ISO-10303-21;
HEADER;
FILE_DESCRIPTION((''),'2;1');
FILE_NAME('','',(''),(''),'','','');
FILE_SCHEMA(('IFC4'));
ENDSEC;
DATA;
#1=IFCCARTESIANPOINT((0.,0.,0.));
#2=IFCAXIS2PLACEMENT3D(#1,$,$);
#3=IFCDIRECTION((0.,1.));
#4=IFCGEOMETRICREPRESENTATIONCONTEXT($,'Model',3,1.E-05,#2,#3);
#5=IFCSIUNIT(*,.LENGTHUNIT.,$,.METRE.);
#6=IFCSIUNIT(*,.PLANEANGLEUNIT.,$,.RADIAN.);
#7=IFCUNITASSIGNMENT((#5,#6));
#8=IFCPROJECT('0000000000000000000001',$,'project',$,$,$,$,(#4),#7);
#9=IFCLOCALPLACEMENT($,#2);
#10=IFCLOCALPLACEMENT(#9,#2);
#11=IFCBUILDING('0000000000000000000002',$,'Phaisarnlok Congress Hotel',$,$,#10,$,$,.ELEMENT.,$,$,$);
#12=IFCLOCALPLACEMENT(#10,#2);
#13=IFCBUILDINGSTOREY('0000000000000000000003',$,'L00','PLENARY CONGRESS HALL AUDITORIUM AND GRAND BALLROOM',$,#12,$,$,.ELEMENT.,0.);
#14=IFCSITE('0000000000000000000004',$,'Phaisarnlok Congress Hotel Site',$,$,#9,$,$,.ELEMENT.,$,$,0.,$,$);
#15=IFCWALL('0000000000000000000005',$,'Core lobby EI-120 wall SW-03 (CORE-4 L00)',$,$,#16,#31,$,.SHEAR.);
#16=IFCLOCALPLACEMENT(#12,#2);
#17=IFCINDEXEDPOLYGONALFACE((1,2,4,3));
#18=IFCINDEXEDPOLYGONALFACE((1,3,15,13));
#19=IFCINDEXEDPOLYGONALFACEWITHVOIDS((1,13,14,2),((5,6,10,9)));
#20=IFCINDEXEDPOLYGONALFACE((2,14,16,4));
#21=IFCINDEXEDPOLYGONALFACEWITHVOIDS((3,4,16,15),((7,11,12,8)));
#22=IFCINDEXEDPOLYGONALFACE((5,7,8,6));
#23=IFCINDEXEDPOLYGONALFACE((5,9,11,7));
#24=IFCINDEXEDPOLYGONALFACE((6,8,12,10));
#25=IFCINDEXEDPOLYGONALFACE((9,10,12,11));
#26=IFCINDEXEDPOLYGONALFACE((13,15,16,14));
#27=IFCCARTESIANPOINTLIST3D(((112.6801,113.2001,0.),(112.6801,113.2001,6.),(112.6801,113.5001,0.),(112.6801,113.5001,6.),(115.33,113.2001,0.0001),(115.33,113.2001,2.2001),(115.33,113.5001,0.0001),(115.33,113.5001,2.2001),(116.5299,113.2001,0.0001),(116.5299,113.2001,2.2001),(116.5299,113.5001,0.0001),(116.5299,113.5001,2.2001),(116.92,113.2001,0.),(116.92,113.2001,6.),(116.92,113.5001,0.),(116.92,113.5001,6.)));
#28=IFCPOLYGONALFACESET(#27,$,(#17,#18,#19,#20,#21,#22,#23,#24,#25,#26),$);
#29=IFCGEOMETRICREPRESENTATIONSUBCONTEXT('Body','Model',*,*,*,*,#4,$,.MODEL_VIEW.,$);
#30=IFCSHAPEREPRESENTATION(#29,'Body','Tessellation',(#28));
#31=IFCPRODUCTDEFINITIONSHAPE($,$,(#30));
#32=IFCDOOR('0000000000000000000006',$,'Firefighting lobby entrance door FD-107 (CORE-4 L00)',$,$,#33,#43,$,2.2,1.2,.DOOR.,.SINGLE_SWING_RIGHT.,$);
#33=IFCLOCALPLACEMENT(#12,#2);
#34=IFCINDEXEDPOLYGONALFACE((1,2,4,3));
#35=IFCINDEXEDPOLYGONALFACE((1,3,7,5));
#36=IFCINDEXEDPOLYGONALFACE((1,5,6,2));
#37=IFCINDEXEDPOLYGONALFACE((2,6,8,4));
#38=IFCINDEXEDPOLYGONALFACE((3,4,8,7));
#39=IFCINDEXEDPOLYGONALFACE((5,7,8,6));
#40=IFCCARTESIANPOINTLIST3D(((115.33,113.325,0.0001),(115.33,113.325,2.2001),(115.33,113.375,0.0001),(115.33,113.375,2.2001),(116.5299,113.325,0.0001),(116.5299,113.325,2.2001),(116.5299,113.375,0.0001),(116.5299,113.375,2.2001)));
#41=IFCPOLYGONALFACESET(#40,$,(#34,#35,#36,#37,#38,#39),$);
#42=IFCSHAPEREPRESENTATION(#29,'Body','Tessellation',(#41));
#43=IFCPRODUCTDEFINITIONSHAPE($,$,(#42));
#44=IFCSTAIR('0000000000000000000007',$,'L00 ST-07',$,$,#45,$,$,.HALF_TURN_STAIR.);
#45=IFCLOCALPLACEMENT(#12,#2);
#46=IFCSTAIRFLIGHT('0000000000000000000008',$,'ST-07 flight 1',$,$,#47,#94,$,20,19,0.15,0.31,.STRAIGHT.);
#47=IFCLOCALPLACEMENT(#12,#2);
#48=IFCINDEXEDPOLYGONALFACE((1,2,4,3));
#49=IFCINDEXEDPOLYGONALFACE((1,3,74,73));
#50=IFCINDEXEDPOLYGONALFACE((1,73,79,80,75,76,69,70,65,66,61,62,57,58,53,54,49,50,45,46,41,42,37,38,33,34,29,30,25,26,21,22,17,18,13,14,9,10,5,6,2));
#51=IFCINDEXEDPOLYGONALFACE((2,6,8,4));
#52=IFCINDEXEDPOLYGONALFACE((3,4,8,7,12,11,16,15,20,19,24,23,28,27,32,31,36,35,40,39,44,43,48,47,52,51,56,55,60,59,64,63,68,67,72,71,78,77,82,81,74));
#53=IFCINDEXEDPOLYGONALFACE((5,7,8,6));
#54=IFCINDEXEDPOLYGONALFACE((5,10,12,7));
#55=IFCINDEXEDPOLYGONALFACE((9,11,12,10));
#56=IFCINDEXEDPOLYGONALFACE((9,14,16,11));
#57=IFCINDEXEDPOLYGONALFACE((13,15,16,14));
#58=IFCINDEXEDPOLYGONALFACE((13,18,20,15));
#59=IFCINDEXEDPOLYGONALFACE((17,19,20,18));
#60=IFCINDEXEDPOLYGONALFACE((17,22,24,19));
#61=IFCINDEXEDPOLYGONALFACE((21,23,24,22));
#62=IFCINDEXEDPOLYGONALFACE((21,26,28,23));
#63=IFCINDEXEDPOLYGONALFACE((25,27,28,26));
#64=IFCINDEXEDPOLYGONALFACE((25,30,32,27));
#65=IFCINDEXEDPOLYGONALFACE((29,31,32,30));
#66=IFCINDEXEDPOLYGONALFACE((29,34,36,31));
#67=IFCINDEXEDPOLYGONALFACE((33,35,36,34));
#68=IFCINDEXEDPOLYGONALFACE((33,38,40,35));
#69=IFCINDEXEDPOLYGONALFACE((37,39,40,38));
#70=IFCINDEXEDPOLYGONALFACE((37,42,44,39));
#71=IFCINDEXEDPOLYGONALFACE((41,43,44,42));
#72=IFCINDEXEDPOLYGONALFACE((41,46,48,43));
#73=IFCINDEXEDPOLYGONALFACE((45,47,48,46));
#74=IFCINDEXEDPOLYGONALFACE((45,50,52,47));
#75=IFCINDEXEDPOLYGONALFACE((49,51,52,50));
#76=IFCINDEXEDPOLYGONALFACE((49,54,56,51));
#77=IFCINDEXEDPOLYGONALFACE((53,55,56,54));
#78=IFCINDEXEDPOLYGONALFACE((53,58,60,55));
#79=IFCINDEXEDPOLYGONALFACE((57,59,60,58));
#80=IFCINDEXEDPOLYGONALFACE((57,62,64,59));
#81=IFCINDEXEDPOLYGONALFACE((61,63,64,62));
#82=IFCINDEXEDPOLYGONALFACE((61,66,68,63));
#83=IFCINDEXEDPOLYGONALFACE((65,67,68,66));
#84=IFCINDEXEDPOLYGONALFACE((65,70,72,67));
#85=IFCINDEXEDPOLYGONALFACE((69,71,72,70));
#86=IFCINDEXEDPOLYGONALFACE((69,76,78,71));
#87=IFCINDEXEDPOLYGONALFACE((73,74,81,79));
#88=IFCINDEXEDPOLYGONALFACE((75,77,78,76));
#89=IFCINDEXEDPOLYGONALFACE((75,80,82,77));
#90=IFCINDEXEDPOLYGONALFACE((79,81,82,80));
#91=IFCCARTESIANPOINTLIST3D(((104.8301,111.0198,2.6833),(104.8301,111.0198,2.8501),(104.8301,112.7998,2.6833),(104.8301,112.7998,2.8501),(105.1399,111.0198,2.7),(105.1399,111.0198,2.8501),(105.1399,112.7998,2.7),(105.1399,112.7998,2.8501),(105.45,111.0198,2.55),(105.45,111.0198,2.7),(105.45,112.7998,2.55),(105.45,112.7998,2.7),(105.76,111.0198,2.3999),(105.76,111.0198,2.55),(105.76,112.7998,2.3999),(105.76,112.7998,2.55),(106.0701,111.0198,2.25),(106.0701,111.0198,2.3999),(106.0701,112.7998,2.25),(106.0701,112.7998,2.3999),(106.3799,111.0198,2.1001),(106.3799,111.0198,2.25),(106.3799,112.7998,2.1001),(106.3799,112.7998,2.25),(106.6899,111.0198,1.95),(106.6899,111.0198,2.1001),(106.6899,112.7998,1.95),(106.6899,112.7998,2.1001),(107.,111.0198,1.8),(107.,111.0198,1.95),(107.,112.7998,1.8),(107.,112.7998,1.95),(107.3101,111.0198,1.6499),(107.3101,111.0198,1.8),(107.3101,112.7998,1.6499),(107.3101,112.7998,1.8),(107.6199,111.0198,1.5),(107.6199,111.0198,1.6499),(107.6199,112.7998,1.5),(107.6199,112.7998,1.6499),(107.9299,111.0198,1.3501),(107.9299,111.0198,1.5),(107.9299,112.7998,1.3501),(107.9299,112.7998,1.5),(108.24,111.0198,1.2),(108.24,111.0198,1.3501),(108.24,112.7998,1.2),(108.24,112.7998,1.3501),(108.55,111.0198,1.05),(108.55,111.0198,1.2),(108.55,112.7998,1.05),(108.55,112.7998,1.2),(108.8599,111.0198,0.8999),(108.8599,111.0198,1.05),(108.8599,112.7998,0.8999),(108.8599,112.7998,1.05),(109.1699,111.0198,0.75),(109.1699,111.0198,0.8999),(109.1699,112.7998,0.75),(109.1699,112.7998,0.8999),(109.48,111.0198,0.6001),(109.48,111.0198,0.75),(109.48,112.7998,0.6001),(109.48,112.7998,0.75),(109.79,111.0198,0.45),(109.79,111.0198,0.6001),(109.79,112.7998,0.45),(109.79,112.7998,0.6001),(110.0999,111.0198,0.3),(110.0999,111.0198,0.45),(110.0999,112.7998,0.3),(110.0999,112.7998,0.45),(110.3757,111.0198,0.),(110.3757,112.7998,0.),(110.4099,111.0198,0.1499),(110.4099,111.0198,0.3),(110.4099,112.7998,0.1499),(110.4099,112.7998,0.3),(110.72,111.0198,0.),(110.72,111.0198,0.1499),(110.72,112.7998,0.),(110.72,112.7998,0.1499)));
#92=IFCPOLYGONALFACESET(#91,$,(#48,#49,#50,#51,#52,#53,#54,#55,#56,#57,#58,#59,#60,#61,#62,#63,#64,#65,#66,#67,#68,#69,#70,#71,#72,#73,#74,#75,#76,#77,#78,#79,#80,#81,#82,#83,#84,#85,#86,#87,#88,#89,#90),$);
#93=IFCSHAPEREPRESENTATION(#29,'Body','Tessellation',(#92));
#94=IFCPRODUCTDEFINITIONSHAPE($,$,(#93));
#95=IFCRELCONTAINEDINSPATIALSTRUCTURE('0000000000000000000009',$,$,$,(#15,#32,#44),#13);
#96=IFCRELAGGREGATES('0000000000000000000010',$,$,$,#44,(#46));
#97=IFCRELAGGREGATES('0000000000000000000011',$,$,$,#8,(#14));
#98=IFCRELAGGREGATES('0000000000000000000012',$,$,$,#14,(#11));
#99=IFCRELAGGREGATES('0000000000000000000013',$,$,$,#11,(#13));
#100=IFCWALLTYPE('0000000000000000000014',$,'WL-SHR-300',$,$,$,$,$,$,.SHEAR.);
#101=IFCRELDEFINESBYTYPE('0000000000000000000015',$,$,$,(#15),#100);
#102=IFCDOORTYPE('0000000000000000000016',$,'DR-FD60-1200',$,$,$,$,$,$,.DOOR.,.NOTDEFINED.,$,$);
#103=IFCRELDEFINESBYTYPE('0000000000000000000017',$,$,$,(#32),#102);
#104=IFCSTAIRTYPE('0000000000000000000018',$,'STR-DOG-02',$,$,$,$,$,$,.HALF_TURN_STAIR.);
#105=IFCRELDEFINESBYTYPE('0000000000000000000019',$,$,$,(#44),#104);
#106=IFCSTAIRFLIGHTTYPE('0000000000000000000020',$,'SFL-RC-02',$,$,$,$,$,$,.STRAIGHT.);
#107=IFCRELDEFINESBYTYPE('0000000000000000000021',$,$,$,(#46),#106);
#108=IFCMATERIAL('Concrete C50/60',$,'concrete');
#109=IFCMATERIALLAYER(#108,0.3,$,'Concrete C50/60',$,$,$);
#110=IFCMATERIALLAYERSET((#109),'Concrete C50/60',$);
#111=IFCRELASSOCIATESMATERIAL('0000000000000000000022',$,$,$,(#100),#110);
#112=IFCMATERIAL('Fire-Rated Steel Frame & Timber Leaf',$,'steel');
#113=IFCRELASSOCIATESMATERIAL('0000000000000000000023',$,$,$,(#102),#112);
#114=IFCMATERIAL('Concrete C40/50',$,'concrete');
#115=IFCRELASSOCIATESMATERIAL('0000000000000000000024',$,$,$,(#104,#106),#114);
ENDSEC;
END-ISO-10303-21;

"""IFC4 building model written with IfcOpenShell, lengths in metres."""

from ifc_helpers import new_model, si_unit, direction, frame, frame_2d, origin, place, context, subcontext, project, spatial, polyline, rectangle, outline, extrude, material, layer, layer_set, type_object, element, fill, aggregate, save


model = new_model("IFC4")

# Units and contexts
model_context = context("Model", 3, precision=1e-05, world=origin(), true_north=direction((0.0, 1.0)))
body_context = subcontext(model_context, "Body", "Model", "MODEL_VIEW")
ifc_project = project(units=[si_unit("LENGTHUNIT", "METRE"), si_unit("PLANEANGLEUNIT", "RADIAN")], contexts=[model_context])

# Site, building, storey
site_placement = place(None, origin())
site = spatial("IfcSite", under=ifc_project, at=site_placement, Name="Phaisarnlok Congress Hotel Site", CompositionType="ELEMENT", RefElevation=0.0)
building_placement = place(site_placement, origin())
building = spatial("IfcBuilding", under=site, at=building_placement, Name="Phaisarnlok Congress Hotel", CompositionType="ELEMENT")
storey_placement = place(building_placement, origin())
storey = spatial("IfcBuildingStorey", under=building, at=storey_placement, Name="L00", Description="PLENARY CONGRESS HALL AUDITORIUM AND GRAND BALLROOM", CompositionType="ELEMENT", Elevation=0.0)

# Shared definitions
ifc_material_1 = material(Name="Concrete C50/60", Category="concrete")

# Shared definitions
ifc_material_2 = material(Name="Concrete C40/50", Category="concrete")

# Shared definitions
ifc_material_3 = material(Name="Fire-Rated Steel Frame & Timber Leaf", Category="steel")

# Wall, opening, door
ifc_layer_1 = layer(ifc_material_1, 0.3, Name="Concrete C50/60")
ifc_layer_set_1 = layer_set([ifc_layer_1], Name="Concrete C50/60")
wall_type_1 = type_object("IfcWallType", Name="WL-SHR-300", PredefinedType="SHEAR", material=ifc_layer_set_1)
wall_1_placement = place(storey_placement, frame((112.6799, 113.3501, 0.0), z_axis=(0.0, 0.0, 1.0), x_axis=(1.0, 0.0, 0.0)))
wall_1 = element("IfcWall", 1, at=wall_1_placement, inside=storey, type_object=wall_type_1, Name="Core lobby EI-120 wall SW-03 (CORE-4 L00)", PredefinedType="SHEAR", context=body_context, shape_type="SweptSolid", body=[
    extrude(rectangle(XDim=4.24, YDim=0.3, at=frame_2d((2.1201, 0.0))), origin(), (0.0, 0.0, 1.0), 6.0),
])
opening_1_placement = place(wall_1_placement, frame((2.6499, 0.0, 0.0)))
opening_1 = element("IfcOpeningElement", 2, at=opening_1_placement, cuts=wall_1, PredefinedType="OPENING", context=body_context, shape_type="SweptSolid", body=[
    extrude(rectangle(XDim=1.2, YDim=2.2, at=frame_2d((0.6001, 1.1001))), frame((0.0, 0.1602, 0.0), z_axis=(0.0, -1.0, 0.0), x_axis=(1.0, 0.0, 0.0)), (0.0, 0.0, 1.0), 0.3201),
])
door_type_1 = type_object("IfcDoorType", Name="DR-FD60-1200", OperationType="NOTDEFINED", PredefinedType="DOOR", material=ifc_material_3)
door_1_placement = place(opening_1_placement, origin())
door_1 = element("IfcDoor", 3, at=door_1_placement, inside=storey, type_object=door_type_1, Name="Firefighting lobby entrance door FD-107 (CORE-4 L00)", OperationType="SINGLE_SWING_RIGHT", OverallHeight=2.2, OverallWidth=1.2, PredefinedType="DOOR", context=body_context, shape_type="SweptSolid", body=[
    extrude(rectangle(XDim=1.2, YDim=2.2, at=frame_2d((0.6001, 1.1001))), frame((0.0, 0.0249, 0.0), z_axis=(0.0, -1.0, 0.0), x_axis=(1.0, 0.0, 0.0)), (0.0, 0.0, 1.0), 0.05),
])
fill(opening_1, door_1)

# Stair, stair flight
stair_type = type_object("IfcStairType", Name="STR-DOG-02", PredefinedType="HALF_TURN_STAIR", material=ifc_material_2)
stair_placement = place(storey_placement, origin())
stair = element("IfcStair", 4, at=stair_placement, inside=storey, type_object=stair_type, Name="L00 ST-07", PredefinedType="HALF_TURN_STAIR")
stair_flight_type = type_object("IfcStairFlightType", Name="SFL-RC-02", PredefinedType="STRAIGHT", material=ifc_material_2)
stair_flight_placement = place(storey_placement, frame((110.72, 111.9099, 0.0), z_axis=(0.0, 0.0, 1.0), x_axis=(-1.0, 0.0, 0.0)))
stair_flight = element("IfcStairFlight", 5, at=stair_flight_placement, type_object=stair_flight_type, Name="ST-07 flight 1", NumberOfRisers=20, NumberOfTreads=19, PredefinedType="STRAIGHT", RiserHeight=0.15, TreadLength=0.31, context=body_context, shape_type="SweptSolid", body=[
    extrude(outline(polyline([(0.0, 0.0), (0.0, 0.1499), (0.3101, 0.1499), (0.3101, 0.3), (0.6201, 0.3), (0.6201, 0.45), (0.9299, 0.45), (0.9299, 0.6001), (1.24, 0.6001), (1.24, 0.75), (1.55, 0.75), (1.55, 0.8999), (1.8601, 0.8999), (1.8601, 1.05), (2.1699, 1.05), (2.1699, 1.2), (2.48, 1.2), (2.48, 1.3501), (2.79, 1.3501), (2.79, 1.5), (3.1001, 1.5), (3.1001, 1.6499), (3.4099, 1.6499), (3.4099, 1.8), (3.72, 1.8), (3.72, 1.95), (4.03, 1.95), (4.03, 2.1001), (4.3401, 2.1001), (4.3401, 2.25), (4.6499, 2.25), (4.6499, 2.3999), (4.96, 2.3999), (4.96, 2.55), (5.27, 2.55), (5.27, 2.7), (5.5801, 2.7), (5.5801, 2.8501), (5.8899, 2.8501), (5.8899, 3.0), (5.8899, 2.6833), (0.3442, 0.0), (0.0, 0.0)])), frame((0.0, 0.8901, 0.0), z_axis=(0.0, -1.0, 0.0), x_axis=(1.0, 0.0, 0.0)), (0.0, 0.0, 1.0), 1.78),
])
aggregate(stair, [stair_flight])

save(model, "model.ifc")
